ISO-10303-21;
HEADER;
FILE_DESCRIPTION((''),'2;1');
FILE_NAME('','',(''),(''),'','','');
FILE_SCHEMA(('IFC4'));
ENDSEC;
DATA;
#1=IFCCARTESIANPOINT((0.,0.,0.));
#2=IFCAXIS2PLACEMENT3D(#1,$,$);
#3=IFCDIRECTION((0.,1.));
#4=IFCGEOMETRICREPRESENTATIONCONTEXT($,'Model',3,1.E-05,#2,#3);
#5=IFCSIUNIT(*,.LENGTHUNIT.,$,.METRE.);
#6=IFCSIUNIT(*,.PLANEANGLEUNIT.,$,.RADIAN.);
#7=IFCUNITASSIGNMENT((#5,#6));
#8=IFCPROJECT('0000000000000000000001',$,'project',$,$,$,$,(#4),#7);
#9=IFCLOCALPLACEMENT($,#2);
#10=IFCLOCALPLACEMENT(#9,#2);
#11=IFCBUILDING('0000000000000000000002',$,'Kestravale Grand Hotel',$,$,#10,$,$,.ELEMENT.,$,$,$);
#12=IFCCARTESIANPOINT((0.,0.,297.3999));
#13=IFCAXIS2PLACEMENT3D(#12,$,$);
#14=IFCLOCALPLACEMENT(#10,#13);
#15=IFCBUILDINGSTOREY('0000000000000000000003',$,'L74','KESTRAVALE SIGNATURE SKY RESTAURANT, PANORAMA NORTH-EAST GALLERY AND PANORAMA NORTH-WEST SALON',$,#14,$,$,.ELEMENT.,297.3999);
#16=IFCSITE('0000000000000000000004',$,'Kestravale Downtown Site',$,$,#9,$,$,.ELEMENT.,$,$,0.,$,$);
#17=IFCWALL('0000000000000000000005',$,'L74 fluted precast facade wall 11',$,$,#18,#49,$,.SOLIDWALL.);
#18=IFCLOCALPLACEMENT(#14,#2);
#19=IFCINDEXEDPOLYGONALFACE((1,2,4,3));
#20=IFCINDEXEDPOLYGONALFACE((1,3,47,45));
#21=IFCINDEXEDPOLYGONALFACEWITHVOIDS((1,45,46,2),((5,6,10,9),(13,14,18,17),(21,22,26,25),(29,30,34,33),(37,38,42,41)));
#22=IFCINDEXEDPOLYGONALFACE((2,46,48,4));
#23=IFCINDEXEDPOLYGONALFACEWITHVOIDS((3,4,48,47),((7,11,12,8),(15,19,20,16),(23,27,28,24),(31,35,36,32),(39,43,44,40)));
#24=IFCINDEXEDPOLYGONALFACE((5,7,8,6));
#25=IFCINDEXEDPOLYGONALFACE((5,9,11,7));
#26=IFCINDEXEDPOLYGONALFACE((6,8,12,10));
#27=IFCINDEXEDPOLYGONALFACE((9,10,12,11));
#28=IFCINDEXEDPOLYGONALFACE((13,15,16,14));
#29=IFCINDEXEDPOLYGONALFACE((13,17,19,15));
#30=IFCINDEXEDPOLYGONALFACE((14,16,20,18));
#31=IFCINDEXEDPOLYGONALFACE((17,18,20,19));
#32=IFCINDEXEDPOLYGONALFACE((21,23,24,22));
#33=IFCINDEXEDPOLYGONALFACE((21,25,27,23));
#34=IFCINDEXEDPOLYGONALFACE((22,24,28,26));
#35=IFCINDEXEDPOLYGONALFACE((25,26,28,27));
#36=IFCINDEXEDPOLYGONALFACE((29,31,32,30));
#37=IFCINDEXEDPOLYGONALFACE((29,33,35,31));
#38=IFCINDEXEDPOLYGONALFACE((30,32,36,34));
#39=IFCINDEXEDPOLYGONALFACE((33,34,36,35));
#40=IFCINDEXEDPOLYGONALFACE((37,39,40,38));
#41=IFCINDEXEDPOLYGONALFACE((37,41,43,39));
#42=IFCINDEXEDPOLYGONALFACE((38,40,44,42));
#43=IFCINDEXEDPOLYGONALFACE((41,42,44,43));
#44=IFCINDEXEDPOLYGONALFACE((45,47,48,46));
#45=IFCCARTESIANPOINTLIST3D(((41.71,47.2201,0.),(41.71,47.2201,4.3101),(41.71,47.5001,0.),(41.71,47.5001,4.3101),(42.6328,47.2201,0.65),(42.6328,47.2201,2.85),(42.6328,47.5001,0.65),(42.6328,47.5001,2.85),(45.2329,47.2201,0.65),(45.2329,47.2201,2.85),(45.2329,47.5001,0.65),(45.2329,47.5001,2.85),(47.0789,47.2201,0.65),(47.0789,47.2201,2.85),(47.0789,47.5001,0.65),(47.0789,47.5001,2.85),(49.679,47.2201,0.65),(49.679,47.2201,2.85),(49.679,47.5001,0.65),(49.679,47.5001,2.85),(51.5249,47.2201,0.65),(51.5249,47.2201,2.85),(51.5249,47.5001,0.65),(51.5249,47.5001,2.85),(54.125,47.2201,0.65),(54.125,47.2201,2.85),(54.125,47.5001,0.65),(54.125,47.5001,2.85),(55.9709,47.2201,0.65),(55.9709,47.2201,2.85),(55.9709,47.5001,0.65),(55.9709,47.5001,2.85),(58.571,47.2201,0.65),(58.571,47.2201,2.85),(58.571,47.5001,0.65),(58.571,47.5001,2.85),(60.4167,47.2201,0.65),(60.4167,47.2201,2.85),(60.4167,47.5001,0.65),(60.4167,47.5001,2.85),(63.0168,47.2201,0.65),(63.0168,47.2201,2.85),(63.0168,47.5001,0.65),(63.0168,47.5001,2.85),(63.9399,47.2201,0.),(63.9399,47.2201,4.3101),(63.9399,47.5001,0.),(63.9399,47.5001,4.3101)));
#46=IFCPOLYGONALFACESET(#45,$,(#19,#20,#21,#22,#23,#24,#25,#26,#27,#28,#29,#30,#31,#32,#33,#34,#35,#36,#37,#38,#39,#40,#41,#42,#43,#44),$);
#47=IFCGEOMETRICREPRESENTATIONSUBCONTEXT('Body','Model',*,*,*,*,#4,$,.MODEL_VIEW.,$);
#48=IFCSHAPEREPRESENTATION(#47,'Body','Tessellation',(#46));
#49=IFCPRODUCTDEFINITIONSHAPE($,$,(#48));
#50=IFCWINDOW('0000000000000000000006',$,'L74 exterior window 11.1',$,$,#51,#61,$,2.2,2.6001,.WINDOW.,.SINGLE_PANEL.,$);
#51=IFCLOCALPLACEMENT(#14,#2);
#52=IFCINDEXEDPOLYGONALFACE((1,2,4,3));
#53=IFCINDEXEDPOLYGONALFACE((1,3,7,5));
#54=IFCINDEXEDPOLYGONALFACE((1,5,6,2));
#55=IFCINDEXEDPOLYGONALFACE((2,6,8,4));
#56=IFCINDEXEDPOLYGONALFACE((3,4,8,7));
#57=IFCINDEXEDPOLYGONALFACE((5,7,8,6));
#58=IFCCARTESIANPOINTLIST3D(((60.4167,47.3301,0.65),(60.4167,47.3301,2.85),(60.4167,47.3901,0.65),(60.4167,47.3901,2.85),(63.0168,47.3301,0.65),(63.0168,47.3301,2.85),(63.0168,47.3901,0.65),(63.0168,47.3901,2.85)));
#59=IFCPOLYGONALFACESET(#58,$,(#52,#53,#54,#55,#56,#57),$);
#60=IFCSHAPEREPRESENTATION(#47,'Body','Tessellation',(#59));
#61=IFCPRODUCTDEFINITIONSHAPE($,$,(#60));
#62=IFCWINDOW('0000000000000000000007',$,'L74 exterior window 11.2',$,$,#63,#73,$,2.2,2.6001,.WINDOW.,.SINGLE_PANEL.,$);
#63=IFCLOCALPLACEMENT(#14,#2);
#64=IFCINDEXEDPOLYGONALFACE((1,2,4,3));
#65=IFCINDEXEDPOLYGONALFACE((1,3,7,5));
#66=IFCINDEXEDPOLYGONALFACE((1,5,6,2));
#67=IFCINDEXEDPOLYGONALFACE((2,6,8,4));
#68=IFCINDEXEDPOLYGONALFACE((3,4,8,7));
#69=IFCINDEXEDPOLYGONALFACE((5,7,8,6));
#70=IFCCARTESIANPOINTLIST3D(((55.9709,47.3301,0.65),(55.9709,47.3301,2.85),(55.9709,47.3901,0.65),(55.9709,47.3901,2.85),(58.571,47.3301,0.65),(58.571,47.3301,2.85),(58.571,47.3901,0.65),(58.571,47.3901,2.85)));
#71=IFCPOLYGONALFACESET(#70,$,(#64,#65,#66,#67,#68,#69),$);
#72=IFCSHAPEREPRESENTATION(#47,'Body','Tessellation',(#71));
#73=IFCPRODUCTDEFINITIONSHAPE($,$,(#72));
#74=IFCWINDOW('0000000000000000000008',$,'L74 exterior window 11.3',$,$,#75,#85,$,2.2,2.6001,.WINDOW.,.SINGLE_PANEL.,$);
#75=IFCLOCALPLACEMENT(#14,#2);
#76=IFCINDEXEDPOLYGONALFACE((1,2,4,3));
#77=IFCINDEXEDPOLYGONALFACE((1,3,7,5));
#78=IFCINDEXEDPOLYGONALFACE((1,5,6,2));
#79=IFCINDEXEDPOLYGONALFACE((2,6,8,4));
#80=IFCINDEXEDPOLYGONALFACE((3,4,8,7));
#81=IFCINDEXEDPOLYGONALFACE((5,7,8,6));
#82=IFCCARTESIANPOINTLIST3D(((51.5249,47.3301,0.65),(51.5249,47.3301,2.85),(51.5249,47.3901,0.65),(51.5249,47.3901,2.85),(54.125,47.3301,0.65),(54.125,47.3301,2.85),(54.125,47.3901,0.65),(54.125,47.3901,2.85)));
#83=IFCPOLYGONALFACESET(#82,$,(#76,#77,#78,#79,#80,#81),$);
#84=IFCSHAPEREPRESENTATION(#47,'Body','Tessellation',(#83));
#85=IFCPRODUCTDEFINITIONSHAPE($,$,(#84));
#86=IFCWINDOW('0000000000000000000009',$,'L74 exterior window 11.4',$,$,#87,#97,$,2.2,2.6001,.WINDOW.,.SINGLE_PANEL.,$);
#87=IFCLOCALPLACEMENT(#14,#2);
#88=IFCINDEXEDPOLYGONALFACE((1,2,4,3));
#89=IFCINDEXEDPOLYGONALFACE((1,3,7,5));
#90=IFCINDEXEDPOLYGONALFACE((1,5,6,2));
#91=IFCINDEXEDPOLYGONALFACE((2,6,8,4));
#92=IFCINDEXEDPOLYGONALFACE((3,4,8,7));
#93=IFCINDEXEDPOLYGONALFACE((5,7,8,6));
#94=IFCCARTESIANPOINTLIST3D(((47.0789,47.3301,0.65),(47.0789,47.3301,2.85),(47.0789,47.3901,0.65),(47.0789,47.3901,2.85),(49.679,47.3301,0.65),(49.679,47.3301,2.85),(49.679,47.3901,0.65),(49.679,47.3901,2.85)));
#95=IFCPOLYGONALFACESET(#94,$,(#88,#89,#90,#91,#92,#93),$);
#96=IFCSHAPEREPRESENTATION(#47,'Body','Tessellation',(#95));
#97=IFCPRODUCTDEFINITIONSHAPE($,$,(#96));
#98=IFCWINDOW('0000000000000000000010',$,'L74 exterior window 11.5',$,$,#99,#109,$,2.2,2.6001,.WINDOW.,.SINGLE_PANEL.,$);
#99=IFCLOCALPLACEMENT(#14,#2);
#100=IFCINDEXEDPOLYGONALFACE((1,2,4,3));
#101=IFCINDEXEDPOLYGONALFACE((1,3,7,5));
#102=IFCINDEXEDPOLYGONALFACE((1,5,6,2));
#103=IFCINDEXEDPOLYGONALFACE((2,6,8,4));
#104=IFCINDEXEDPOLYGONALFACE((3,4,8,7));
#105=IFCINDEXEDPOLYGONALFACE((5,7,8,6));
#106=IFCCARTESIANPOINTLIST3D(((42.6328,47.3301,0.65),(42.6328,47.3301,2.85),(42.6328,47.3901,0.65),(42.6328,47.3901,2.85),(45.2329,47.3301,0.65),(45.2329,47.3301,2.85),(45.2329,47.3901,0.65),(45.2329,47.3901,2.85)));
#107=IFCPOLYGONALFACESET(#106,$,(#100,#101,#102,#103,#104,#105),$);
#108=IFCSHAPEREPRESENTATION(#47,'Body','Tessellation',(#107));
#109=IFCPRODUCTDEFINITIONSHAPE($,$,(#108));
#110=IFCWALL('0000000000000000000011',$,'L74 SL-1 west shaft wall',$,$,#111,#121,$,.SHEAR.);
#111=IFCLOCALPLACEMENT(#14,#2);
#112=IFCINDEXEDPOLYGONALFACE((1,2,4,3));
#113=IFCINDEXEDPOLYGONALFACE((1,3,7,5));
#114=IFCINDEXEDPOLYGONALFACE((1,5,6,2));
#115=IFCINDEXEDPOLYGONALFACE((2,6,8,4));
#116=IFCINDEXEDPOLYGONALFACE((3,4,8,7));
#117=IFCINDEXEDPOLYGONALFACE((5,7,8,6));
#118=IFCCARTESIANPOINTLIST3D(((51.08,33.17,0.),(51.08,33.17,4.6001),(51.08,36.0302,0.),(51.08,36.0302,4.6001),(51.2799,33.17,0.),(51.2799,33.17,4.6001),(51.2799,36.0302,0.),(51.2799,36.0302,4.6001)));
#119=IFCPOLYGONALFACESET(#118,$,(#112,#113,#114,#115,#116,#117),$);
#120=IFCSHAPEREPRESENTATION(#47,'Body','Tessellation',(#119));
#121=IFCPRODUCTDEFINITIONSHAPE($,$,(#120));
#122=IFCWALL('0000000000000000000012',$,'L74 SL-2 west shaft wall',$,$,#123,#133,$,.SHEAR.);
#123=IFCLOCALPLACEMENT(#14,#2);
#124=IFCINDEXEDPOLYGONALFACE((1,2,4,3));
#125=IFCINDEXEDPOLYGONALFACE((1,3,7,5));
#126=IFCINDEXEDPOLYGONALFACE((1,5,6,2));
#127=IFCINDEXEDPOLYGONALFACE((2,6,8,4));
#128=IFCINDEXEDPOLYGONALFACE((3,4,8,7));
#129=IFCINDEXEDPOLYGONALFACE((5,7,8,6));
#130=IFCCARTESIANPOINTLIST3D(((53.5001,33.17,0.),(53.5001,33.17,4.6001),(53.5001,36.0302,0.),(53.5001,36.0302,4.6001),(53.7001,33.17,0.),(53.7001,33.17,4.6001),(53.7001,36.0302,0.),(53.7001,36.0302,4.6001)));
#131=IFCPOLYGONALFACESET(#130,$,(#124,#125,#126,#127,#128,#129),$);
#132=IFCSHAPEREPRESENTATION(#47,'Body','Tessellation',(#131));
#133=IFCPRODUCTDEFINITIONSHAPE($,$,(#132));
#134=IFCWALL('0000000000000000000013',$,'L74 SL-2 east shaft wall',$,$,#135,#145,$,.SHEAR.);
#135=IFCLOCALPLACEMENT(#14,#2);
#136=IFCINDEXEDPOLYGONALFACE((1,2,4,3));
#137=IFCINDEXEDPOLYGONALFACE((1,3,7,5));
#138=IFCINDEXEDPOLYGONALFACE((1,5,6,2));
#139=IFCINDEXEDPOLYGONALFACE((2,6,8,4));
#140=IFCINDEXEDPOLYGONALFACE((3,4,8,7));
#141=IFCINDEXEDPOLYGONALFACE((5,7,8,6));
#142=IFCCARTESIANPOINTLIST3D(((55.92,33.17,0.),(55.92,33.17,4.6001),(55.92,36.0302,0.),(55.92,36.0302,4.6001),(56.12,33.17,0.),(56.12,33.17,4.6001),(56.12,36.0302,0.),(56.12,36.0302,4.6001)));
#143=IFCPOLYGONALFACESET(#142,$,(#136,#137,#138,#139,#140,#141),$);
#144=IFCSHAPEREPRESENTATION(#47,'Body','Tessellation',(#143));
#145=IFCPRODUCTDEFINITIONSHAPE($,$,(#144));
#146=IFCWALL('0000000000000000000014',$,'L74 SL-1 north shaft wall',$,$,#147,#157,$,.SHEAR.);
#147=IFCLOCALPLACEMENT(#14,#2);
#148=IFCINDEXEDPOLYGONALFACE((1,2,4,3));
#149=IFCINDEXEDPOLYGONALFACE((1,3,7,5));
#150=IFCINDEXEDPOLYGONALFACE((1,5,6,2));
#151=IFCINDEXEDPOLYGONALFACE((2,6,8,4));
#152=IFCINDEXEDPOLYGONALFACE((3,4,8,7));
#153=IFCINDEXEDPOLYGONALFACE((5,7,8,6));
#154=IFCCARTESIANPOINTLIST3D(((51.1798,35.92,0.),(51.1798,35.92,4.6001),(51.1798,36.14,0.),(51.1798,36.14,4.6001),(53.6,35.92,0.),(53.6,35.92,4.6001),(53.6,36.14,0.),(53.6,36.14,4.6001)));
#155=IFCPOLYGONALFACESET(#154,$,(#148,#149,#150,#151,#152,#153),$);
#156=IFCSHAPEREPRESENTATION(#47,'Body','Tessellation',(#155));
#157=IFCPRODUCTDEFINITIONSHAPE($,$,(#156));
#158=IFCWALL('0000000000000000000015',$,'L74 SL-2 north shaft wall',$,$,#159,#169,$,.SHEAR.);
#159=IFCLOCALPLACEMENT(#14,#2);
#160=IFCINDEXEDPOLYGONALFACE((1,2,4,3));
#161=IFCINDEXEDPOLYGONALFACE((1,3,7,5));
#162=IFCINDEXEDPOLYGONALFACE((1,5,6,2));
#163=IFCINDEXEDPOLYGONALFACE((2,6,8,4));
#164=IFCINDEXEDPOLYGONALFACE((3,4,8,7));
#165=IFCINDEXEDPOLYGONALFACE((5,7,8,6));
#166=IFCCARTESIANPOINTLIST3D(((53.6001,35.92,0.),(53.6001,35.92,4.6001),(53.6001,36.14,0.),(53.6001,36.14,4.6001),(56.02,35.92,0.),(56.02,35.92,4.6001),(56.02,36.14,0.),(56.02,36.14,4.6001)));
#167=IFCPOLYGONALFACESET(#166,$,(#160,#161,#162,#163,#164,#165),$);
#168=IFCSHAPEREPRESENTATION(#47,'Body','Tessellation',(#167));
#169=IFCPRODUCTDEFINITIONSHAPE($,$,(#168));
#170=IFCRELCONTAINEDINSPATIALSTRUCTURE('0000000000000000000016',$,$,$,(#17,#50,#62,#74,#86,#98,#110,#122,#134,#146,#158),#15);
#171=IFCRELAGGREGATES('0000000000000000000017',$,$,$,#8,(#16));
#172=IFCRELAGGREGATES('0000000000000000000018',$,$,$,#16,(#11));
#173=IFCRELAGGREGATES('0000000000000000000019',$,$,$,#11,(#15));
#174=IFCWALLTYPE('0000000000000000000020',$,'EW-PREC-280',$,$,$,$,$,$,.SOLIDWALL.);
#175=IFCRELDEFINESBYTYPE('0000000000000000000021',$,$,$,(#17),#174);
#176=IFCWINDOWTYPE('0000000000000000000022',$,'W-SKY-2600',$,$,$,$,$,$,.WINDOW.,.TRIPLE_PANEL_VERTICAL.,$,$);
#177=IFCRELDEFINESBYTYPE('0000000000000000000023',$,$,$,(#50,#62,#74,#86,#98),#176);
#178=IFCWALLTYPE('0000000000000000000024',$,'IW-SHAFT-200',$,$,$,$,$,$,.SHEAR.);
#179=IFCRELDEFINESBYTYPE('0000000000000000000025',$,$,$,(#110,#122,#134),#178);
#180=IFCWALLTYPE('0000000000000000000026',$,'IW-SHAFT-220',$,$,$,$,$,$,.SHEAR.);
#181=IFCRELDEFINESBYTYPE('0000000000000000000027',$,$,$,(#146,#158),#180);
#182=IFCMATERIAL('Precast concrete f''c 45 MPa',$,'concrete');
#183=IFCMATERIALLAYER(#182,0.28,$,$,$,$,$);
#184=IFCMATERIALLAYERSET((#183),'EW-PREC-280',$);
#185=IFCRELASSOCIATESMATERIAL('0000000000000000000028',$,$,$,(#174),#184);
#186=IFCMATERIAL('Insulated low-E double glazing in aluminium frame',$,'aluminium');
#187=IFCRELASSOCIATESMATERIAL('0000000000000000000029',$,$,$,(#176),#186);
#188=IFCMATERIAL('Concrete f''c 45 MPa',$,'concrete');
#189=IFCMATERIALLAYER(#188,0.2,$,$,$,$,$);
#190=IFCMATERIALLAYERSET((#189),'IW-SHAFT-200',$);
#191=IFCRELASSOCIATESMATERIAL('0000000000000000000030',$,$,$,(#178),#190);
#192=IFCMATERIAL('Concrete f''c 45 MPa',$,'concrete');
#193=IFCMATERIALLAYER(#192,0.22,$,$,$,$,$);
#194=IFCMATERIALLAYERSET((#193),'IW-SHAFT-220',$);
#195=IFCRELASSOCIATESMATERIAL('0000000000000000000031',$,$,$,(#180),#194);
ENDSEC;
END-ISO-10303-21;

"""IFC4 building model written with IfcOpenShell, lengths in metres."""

from ifc_helpers import new_model, si_unit, direction, frame, frame_2d, origin, place, context, subcontext, project, spatial, rectangle, extrude, material, layer, layer_set, type_object, element, fill, save


model = new_model("IFC4")

# Units and contexts
model_context = context("Model", 3, precision=1e-05, world=origin(), true_north=direction((0.0, 1.0)))
body_context = subcontext(model_context, "Body", "Model", "MODEL_VIEW")
ifc_project = project(units=[si_unit("LENGTHUNIT", "METRE"), si_unit("PLANEANGLEUNIT", "RADIAN")], contexts=[model_context])

# Site, building, storey
site_placement = place(None, origin())
site = spatial("IfcSite", under=ifc_project, at=site_placement, Name="Kestravale Downtown Site", CompositionType="ELEMENT", RefElevation=0.0)
building_placement = place(site_placement, origin())
building = spatial("IfcBuilding", under=site, at=building_placement, Name="Kestravale Grand Hotel", CompositionType="ELEMENT")
storey_placement = place(building_placement, frame((0.0, 0.0, 297.3999)))
storey = spatial("IfcBuildingStorey", under=building, at=storey_placement, Name="L74", Description="KESTRAVALE SIGNATURE SKY RESTAURANT, PANORAMA NORTH-EAST GALLERY AND PANORAMA NORTH-WEST SALON", CompositionType="ELEMENT", Elevation=297.3999)

# Wall, openings, windows
ifc_material_1 = material(Name="Precast concrete f'c 45 MPa", Category="concrete")
ifc_layer_1 = layer(ifc_material_1, 0.28)
ifc_layer_set_1 = layer_set([ifc_layer_1], Name="EW-PREC-280")
wall_type_1 = type_object("IfcWallType", Name="EW-PREC-280", PredefinedType="SOLIDWALL", material=ifc_layer_set_1)
wall_1_placement = place(storey_placement, frame((63.9399, 47.3601, 0.0), z_axis=(0.0, 0.0, 1.0), x_axis=(-1.0, 0.0, 0.0)))
wall_1 = element("IfcWall", 1, at=wall_1_placement, inside=storey, type_object=wall_type_1, Name="L74 fluted precast facade wall 11", PredefinedType="SOLIDWALL", context=body_context, shape_type="SweptSolid", body=[
    extrude(rectangle(XDim=22.23, YDim=0.28, at=frame_2d((11.115, 0.0))), origin(), (0.0, 0.0, 1.0), 4.3101),
])
opening_1_placement = place(wall_1_placement, frame((0.9231, 0.0, 0.6499)))
opening_1 = element("IfcOpeningElement", 2, at=opening_1_placement, cuts=wall_1, PredefinedType="OPENING", context=body_context, shape_type="SweptSolid", body=[
    extrude(rectangle(XDim=2.6001, YDim=2.2, at=frame_2d((1.3, 1.1001))), frame((0.0, 0.1499, 0.0), z_axis=(0.0, -1.0, 0.0), x_axis=(1.0, 0.0, 0.0)), (0.0, 0.0, 1.0), 0.3),
])
opening_2_placement = place(wall_1_placement, frame((5.3689, 0.0, 0.6499)))
opening_2 = element("IfcOpeningElement", 3, at=opening_2_placement, cuts=wall_1, PredefinedType="OPENING", context=body_context, shape_type="SweptSolid", body=[
    extrude(rectangle(XDim=2.6001, YDim=2.2, at=frame_2d((1.3, 1.1001))), frame((0.0, 0.1499, 0.0), z_axis=(0.0, -1.0, 0.0), x_axis=(1.0, 0.0, 0.0)), (0.0, 0.0, 1.0), 0.3),
])
opening_3_placement = place(wall_1_placement, frame((9.8149, 0.0, 0.6499)))
opening_3 = element("IfcOpeningElement", 4, at=opening_3_placement, cuts=wall_1, PredefinedType="OPENING", context=body_context, shape_type="SweptSolid", body=[
    extrude(rectangle(XDim=2.6001, YDim=2.2, at=frame_2d((1.3, 1.1001))), frame((0.0, 0.1499, 0.0), z_axis=(0.0, -1.0, 0.0), x_axis=(1.0, 0.0, 0.0)), (0.0, 0.0, 1.0), 0.3),
])
opening_4_placement = place(wall_1_placement, frame((14.261, 0.0, 0.6499)))
opening_4 = element("IfcOpeningElement", 5, at=opening_4_placement, cuts=wall_1, PredefinedType="OPENING", context=body_context, shape_type="SweptSolid", body=[
    extrude(rectangle(XDim=2.6001, YDim=2.2, at=frame_2d((1.3, 1.1001))), frame((0.0, 0.1499, 0.0), z_axis=(0.0, -1.0, 0.0), x_axis=(1.0, 0.0, 0.0)), (0.0, 0.0, 1.0), 0.3),
])
opening_5_placement = place(wall_1_placement, frame((18.707, 0.0, 0.6499)))
opening_5 = element("IfcOpeningElement", 6, at=opening_5_placement, cuts=wall_1, PredefinedType="OPENING", context=body_context, shape_type="SweptSolid", body=[
    extrude(rectangle(XDim=2.6001, YDim=2.2, at=frame_2d((1.3, 1.1001))), frame((0.0, 0.1499, 0.0), z_axis=(0.0, -1.0, 0.0), x_axis=(1.0, 0.0, 0.0)), (0.0, 0.0, 1.0), 0.3),
])
ifc_material_2 = material(Name="Insulated low-E double glazing in aluminium frame", Category="aluminium")
window_type = type_object("IfcWindowType", Name="W-SKY-2600", PartitioningType="TRIPLE_PANEL_VERTICAL", PredefinedType="WINDOW", material=ifc_material_2)
window_1_placement = place(opening_1_placement, origin())
window_1 = element("IfcWindow", 7, at=window_1_placement, inside=storey, type_object=window_type, Name="L74 exterior window 11.1", OverallHeight=2.2, OverallWidth=2.6001, PartitioningType="SINGLE_PANEL", PredefinedType="WINDOW", context=body_context, shape_type="SweptSolid", body=[
    extrude(rectangle(XDim=2.6001, YDim=2.2, at=frame_2d((1.3, 1.1001))), frame((0.0, 0.03, 0.0), z_axis=(0.0, -1.0, 0.0), x_axis=(1.0, 0.0, 0.0)), (0.0, 0.0, 1.0), 0.0601),
])
fill(opening_1, window_1)
window_2_placement = place(opening_2_placement, origin())
window_2 = element("IfcWindow", 8, at=window_2_placement, inside=storey, type_object=window_type, Name="L74 exterior window 11.2", OverallHeight=2.2, OverallWidth=2.6001, PartitioningType="SINGLE_PANEL", PredefinedType="WINDOW", context=body_context, shape_type="SweptSolid", body=[
    extrude(rectangle(XDim=2.6001, YDim=2.2, at=frame_2d((1.3, 1.1001))), frame((0.0, 0.03, 0.0), z_axis=(0.0, -1.0, 0.0), x_axis=(1.0, 0.0, 0.0)), (0.0, 0.0, 1.0), 0.0601),
])
fill(opening_2, window_2)
window_3_placement = place(opening_3_placement, origin())
window_3 = element("IfcWindow", 9, at=window_3_placement, inside=storey, type_object=window_type, Name="L74 exterior window 11.3", OverallHeight=2.2, OverallWidth=2.6001, PartitioningType="SINGLE_PANEL", PredefinedType="WINDOW", context=body_context, shape_type="SweptSolid", body=[
    extrude(rectangle(XDim=2.6001, YDim=2.2, at=frame_2d((1.3, 1.1001))), frame((0.0, 0.03, 0.0), z_axis=(0.0, -1.0, 0.0), x_axis=(1.0, 0.0, 0.0)), (0.0, 0.0, 1.0), 0.0601),
])
fill(opening_3, window_3)
window_4_placement = place(opening_4_placement, origin())
window_4 = element("IfcWindow", 10, at=window_4_placement, inside=storey, type_object=window_type, Name="L74 exterior window 11.4", OverallHeight=2.2, OverallWidth=2.6001, PartitioningType="SINGLE_PANEL", PredefinedType="WINDOW", context=body_context, shape_type="SweptSolid", body=[
    extrude(rectangle(XDim=2.6001, YDim=2.2, at=frame_2d((1.3, 1.1001))), frame((0.0, 0.03, 0.0), z_axis=(0.0, -1.0, 0.0), x_axis=(1.0, 0.0, 0.0)), (0.0, 0.0, 1.0), 0.0601),
])
fill(opening_4, window_4)
window_5_placement = place(opening_5_placement, origin())
window_5 = element("IfcWindow", 11, at=window_5_placement, inside=storey, type_object=window_type, Name="L74 exterior window 11.5", OverallHeight=2.2, OverallWidth=2.6001, PartitioningType="SINGLE_PANEL", PredefinedType="WINDOW", context=body_context, shape_type="SweptSolid", body=[
    extrude(rectangle(XDim=2.6001, YDim=2.2, at=frame_2d((1.3, 1.1001))), frame((0.0, 0.03, 0.0), z_axis=(0.0, -1.0, 0.0), x_axis=(1.0, 0.0, 0.0)), (0.0, 0.0, 1.0), 0.0601),
])
fill(opening_5, window_5)

# Walls
ifc_material_3 = material(Name="Concrete f'c 45 MPa", Category="concrete")
ifc_layer_2 = layer(ifc_material_3, 0.2)
ifc_layer_set_2 = layer_set([ifc_layer_2], Name="IW-SHAFT-200")
wall_type_2 = type_object("IfcWallType", Name="IW-SHAFT-200", PredefinedType="SHEAR", material=ifc_layer_set_2)
for number, where, z_axis, x_axis, name in (
    (12, (51.1799, 33.1699, 0.0), (0.0, 0.0, 1.0), (0.0, 1.0, 0.0), "L74 SL-1 west shaft wall"),
    (13, (53.6001, 33.1699, 0.0), (0.0, 0.0, 1.0), (0.0, 1.0, 0.0), "L74 SL-2 west shaft wall"),
    (14, (56.02, 33.1699, 0.0), (0.0, 0.0, 1.0), (0.0, 1.0, 0.0), "L74 SL-2 east shaft wall"),
):
    element("IfcWall", number, at=place(storey_placement, frame(where, z_axis=z_axis, x_axis=x_axis)), inside=storey, type_object=wall_type_2, Name=name, PredefinedType="SHEAR", context=body_context, shape_type="SweptSolid", body=[
        extrude(rectangle(XDim=2.8601, YDim=0.2, at=frame_2d((1.4302, 0.0))), origin(), (0.0, 0.0, 1.0), 4.6001),
    ])
ifc_material_4 = material(Name="Concrete f'c 45 MPa", Category="concrete")
ifc_layer_3 = layer(ifc_material_4, 0.22)
ifc_layer_set_3 = layer_set([ifc_layer_3], Name="IW-SHAFT-220")
wall_type_3 = type_object("IfcWallType", Name="IW-SHAFT-220", PredefinedType="SHEAR", material=ifc_layer_set_3)
wall_2_placement = place(storey_placement, frame((51.1799, 36.03, 0.0), z_axis=(0.0, 0.0, 1.0), x_axis=(1.0, 0.0, 0.0)))
element("IfcWall", 15, at=wall_2_placement, inside=storey, type_object=wall_type_3, Name="L74 SL-1 north shaft wall", PredefinedType="SHEAR", context=body_context, shape_type="SweptSolid", body=[
    extrude(rectangle(XDim=2.4202, YDim=0.22, at=frame_2d((1.21, 0.0))), origin(), (0.0, 0.0, 1.0), 4.6001),
])
wall_3_placement = place(storey_placement, frame((53.6001, 36.03, 0.0), z_axis=(0.0, 0.0, 1.0), x_axis=(1.0, 0.0, 0.0)))
element("IfcWall", 16, at=wall_3_placement, inside=storey, type_object=wall_type_3, Name="L74 SL-2 north shaft wall", PredefinedType="SHEAR", context=body_context, shape_type="SweptSolid", body=[
    extrude(rectangle(XDim=2.4199, YDim=0.22, at=frame_2d((1.21, 0.0))), origin(), (0.0, 0.0, 1.0), 4.6001),
])

save(model, "model.ifc")
